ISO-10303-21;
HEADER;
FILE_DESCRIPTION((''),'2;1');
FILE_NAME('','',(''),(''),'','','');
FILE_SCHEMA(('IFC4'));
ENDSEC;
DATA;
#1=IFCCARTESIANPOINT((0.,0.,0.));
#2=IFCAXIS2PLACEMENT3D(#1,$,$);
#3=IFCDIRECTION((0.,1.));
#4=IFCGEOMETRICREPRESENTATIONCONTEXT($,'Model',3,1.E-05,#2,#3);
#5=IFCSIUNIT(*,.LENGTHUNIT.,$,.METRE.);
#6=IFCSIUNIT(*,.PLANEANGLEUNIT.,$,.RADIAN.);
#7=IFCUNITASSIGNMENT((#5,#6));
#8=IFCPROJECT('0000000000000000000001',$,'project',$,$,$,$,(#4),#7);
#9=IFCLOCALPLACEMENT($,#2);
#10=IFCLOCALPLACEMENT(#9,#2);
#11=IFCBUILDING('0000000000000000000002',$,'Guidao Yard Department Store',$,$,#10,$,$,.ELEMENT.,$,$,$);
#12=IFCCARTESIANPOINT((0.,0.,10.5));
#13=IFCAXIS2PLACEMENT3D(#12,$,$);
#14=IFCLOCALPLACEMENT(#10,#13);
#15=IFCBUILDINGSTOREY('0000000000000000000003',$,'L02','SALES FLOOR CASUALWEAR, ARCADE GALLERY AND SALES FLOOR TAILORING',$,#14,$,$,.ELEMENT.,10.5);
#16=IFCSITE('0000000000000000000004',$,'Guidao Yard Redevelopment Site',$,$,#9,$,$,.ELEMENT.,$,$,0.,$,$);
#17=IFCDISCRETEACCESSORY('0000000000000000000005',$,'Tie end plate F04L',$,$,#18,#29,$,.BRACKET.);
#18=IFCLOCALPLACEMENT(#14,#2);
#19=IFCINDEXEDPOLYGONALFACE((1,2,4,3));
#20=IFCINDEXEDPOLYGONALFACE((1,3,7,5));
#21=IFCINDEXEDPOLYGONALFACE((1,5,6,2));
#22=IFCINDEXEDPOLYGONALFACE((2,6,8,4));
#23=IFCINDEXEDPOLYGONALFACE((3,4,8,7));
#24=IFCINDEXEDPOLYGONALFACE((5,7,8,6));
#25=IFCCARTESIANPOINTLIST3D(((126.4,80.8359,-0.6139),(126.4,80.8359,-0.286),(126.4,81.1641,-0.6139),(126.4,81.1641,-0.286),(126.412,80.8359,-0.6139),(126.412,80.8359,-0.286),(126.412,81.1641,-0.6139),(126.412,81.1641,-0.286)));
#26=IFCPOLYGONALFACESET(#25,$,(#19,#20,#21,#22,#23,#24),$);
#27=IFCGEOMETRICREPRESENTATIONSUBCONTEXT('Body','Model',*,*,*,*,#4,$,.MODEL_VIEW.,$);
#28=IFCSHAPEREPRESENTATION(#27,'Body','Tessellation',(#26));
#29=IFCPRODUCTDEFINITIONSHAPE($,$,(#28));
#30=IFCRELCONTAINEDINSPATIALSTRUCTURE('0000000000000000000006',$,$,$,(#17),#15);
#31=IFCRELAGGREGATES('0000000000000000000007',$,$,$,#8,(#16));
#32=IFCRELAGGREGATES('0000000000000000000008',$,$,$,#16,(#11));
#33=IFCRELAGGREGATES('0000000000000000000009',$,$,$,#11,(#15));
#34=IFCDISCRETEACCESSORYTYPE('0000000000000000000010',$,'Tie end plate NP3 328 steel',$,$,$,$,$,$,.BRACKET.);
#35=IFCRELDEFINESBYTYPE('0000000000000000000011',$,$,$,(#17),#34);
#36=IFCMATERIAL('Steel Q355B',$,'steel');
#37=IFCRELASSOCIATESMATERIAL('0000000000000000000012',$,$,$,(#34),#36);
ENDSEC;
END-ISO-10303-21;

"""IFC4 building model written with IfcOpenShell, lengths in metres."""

from ifc_helpers import new_model, si_unit, direction, frame, origin, origin_2d, place, context, subcontext, project, spatial, rectangle, extrude, material, material_profile, profile_set, type_object, element, save


model = new_model("IFC4")

# Units and contexts
model_context = context("Model", 3, precision=1e-05, world=origin(), true_north=direction((0.0, 1.0)))
body_context = subcontext(model_context, "Body", "Model", "MODEL_VIEW")
ifc_project = project(units=[si_unit("LENGTHUNIT", "METRE"), si_unit("PLANEANGLEUNIT", "RADIAN")], contexts=[model_context])

# Site, building, storey
site_placement = place(None, origin())
site = spatial("IfcSite", under=ifc_project, at=site_placement, Name="Guidao Yard Redevelopment Site", CompositionType="ELEMENT", RefElevation=0.0)
building_placement = place(site_placement, origin())
building = spatial("IfcBuilding", under=site, at=building_placement, Name="Guidao Yard Department Store", CompositionType="ELEMENT")
storey_placement = place(building_placement, frame((0.0, 0.0, 10.5)))
storey = spatial("IfcBuildingStorey", under=building, at=storey_placement, Name="L02", Description="SALES FLOOR CASUALWEAR, ARCADE GALLERY AND SALES FLOOR TAILORING", CompositionType="ELEMENT", Elevation=10.5)

# Discrete accessory
ifc_material_1 = material(Name="Steel Q355B", Category="steel")
ifc_material_profile_1 = material_profile(ifc_material_1, rectangle(XDim=0.3279, YDim=0.012, at=origin_2d()), Name="Node plate 328x12")
ifc_profile_set_1 = profile_set([ifc_material_profile_1], Name="Steel Q355B")
discrete_accessory_type_1 = type_object("IfcDiscreteAccessoryType", Name="Tie end plate NP3 328 steel", PredefinedType="BRACKET", material=ifc_profile_set_1)
discrete_accessory_placement = place(storey_placement, frame((126.406, 80.8359, -0.45), z_axis=(0.0, 1.0, 0.0), x_axis=(0.0, 0.0, 1.0)))
element("IfcDiscreteAccessory", 1, at=discrete_accessory_placement, inside=storey, type_object=discrete_accessory_type_1, Name="Tie end plate F04L", PredefinedType="BRACKET", context=body_context, shape_type="SweptSolid", body=[
    extrude(rectangle(XDim=0.3279, YDim=0.012, at=origin_2d()), origin(), (0.0, 0.0, 1.0), 0.3281),
])

save(model, "model.ifc")
